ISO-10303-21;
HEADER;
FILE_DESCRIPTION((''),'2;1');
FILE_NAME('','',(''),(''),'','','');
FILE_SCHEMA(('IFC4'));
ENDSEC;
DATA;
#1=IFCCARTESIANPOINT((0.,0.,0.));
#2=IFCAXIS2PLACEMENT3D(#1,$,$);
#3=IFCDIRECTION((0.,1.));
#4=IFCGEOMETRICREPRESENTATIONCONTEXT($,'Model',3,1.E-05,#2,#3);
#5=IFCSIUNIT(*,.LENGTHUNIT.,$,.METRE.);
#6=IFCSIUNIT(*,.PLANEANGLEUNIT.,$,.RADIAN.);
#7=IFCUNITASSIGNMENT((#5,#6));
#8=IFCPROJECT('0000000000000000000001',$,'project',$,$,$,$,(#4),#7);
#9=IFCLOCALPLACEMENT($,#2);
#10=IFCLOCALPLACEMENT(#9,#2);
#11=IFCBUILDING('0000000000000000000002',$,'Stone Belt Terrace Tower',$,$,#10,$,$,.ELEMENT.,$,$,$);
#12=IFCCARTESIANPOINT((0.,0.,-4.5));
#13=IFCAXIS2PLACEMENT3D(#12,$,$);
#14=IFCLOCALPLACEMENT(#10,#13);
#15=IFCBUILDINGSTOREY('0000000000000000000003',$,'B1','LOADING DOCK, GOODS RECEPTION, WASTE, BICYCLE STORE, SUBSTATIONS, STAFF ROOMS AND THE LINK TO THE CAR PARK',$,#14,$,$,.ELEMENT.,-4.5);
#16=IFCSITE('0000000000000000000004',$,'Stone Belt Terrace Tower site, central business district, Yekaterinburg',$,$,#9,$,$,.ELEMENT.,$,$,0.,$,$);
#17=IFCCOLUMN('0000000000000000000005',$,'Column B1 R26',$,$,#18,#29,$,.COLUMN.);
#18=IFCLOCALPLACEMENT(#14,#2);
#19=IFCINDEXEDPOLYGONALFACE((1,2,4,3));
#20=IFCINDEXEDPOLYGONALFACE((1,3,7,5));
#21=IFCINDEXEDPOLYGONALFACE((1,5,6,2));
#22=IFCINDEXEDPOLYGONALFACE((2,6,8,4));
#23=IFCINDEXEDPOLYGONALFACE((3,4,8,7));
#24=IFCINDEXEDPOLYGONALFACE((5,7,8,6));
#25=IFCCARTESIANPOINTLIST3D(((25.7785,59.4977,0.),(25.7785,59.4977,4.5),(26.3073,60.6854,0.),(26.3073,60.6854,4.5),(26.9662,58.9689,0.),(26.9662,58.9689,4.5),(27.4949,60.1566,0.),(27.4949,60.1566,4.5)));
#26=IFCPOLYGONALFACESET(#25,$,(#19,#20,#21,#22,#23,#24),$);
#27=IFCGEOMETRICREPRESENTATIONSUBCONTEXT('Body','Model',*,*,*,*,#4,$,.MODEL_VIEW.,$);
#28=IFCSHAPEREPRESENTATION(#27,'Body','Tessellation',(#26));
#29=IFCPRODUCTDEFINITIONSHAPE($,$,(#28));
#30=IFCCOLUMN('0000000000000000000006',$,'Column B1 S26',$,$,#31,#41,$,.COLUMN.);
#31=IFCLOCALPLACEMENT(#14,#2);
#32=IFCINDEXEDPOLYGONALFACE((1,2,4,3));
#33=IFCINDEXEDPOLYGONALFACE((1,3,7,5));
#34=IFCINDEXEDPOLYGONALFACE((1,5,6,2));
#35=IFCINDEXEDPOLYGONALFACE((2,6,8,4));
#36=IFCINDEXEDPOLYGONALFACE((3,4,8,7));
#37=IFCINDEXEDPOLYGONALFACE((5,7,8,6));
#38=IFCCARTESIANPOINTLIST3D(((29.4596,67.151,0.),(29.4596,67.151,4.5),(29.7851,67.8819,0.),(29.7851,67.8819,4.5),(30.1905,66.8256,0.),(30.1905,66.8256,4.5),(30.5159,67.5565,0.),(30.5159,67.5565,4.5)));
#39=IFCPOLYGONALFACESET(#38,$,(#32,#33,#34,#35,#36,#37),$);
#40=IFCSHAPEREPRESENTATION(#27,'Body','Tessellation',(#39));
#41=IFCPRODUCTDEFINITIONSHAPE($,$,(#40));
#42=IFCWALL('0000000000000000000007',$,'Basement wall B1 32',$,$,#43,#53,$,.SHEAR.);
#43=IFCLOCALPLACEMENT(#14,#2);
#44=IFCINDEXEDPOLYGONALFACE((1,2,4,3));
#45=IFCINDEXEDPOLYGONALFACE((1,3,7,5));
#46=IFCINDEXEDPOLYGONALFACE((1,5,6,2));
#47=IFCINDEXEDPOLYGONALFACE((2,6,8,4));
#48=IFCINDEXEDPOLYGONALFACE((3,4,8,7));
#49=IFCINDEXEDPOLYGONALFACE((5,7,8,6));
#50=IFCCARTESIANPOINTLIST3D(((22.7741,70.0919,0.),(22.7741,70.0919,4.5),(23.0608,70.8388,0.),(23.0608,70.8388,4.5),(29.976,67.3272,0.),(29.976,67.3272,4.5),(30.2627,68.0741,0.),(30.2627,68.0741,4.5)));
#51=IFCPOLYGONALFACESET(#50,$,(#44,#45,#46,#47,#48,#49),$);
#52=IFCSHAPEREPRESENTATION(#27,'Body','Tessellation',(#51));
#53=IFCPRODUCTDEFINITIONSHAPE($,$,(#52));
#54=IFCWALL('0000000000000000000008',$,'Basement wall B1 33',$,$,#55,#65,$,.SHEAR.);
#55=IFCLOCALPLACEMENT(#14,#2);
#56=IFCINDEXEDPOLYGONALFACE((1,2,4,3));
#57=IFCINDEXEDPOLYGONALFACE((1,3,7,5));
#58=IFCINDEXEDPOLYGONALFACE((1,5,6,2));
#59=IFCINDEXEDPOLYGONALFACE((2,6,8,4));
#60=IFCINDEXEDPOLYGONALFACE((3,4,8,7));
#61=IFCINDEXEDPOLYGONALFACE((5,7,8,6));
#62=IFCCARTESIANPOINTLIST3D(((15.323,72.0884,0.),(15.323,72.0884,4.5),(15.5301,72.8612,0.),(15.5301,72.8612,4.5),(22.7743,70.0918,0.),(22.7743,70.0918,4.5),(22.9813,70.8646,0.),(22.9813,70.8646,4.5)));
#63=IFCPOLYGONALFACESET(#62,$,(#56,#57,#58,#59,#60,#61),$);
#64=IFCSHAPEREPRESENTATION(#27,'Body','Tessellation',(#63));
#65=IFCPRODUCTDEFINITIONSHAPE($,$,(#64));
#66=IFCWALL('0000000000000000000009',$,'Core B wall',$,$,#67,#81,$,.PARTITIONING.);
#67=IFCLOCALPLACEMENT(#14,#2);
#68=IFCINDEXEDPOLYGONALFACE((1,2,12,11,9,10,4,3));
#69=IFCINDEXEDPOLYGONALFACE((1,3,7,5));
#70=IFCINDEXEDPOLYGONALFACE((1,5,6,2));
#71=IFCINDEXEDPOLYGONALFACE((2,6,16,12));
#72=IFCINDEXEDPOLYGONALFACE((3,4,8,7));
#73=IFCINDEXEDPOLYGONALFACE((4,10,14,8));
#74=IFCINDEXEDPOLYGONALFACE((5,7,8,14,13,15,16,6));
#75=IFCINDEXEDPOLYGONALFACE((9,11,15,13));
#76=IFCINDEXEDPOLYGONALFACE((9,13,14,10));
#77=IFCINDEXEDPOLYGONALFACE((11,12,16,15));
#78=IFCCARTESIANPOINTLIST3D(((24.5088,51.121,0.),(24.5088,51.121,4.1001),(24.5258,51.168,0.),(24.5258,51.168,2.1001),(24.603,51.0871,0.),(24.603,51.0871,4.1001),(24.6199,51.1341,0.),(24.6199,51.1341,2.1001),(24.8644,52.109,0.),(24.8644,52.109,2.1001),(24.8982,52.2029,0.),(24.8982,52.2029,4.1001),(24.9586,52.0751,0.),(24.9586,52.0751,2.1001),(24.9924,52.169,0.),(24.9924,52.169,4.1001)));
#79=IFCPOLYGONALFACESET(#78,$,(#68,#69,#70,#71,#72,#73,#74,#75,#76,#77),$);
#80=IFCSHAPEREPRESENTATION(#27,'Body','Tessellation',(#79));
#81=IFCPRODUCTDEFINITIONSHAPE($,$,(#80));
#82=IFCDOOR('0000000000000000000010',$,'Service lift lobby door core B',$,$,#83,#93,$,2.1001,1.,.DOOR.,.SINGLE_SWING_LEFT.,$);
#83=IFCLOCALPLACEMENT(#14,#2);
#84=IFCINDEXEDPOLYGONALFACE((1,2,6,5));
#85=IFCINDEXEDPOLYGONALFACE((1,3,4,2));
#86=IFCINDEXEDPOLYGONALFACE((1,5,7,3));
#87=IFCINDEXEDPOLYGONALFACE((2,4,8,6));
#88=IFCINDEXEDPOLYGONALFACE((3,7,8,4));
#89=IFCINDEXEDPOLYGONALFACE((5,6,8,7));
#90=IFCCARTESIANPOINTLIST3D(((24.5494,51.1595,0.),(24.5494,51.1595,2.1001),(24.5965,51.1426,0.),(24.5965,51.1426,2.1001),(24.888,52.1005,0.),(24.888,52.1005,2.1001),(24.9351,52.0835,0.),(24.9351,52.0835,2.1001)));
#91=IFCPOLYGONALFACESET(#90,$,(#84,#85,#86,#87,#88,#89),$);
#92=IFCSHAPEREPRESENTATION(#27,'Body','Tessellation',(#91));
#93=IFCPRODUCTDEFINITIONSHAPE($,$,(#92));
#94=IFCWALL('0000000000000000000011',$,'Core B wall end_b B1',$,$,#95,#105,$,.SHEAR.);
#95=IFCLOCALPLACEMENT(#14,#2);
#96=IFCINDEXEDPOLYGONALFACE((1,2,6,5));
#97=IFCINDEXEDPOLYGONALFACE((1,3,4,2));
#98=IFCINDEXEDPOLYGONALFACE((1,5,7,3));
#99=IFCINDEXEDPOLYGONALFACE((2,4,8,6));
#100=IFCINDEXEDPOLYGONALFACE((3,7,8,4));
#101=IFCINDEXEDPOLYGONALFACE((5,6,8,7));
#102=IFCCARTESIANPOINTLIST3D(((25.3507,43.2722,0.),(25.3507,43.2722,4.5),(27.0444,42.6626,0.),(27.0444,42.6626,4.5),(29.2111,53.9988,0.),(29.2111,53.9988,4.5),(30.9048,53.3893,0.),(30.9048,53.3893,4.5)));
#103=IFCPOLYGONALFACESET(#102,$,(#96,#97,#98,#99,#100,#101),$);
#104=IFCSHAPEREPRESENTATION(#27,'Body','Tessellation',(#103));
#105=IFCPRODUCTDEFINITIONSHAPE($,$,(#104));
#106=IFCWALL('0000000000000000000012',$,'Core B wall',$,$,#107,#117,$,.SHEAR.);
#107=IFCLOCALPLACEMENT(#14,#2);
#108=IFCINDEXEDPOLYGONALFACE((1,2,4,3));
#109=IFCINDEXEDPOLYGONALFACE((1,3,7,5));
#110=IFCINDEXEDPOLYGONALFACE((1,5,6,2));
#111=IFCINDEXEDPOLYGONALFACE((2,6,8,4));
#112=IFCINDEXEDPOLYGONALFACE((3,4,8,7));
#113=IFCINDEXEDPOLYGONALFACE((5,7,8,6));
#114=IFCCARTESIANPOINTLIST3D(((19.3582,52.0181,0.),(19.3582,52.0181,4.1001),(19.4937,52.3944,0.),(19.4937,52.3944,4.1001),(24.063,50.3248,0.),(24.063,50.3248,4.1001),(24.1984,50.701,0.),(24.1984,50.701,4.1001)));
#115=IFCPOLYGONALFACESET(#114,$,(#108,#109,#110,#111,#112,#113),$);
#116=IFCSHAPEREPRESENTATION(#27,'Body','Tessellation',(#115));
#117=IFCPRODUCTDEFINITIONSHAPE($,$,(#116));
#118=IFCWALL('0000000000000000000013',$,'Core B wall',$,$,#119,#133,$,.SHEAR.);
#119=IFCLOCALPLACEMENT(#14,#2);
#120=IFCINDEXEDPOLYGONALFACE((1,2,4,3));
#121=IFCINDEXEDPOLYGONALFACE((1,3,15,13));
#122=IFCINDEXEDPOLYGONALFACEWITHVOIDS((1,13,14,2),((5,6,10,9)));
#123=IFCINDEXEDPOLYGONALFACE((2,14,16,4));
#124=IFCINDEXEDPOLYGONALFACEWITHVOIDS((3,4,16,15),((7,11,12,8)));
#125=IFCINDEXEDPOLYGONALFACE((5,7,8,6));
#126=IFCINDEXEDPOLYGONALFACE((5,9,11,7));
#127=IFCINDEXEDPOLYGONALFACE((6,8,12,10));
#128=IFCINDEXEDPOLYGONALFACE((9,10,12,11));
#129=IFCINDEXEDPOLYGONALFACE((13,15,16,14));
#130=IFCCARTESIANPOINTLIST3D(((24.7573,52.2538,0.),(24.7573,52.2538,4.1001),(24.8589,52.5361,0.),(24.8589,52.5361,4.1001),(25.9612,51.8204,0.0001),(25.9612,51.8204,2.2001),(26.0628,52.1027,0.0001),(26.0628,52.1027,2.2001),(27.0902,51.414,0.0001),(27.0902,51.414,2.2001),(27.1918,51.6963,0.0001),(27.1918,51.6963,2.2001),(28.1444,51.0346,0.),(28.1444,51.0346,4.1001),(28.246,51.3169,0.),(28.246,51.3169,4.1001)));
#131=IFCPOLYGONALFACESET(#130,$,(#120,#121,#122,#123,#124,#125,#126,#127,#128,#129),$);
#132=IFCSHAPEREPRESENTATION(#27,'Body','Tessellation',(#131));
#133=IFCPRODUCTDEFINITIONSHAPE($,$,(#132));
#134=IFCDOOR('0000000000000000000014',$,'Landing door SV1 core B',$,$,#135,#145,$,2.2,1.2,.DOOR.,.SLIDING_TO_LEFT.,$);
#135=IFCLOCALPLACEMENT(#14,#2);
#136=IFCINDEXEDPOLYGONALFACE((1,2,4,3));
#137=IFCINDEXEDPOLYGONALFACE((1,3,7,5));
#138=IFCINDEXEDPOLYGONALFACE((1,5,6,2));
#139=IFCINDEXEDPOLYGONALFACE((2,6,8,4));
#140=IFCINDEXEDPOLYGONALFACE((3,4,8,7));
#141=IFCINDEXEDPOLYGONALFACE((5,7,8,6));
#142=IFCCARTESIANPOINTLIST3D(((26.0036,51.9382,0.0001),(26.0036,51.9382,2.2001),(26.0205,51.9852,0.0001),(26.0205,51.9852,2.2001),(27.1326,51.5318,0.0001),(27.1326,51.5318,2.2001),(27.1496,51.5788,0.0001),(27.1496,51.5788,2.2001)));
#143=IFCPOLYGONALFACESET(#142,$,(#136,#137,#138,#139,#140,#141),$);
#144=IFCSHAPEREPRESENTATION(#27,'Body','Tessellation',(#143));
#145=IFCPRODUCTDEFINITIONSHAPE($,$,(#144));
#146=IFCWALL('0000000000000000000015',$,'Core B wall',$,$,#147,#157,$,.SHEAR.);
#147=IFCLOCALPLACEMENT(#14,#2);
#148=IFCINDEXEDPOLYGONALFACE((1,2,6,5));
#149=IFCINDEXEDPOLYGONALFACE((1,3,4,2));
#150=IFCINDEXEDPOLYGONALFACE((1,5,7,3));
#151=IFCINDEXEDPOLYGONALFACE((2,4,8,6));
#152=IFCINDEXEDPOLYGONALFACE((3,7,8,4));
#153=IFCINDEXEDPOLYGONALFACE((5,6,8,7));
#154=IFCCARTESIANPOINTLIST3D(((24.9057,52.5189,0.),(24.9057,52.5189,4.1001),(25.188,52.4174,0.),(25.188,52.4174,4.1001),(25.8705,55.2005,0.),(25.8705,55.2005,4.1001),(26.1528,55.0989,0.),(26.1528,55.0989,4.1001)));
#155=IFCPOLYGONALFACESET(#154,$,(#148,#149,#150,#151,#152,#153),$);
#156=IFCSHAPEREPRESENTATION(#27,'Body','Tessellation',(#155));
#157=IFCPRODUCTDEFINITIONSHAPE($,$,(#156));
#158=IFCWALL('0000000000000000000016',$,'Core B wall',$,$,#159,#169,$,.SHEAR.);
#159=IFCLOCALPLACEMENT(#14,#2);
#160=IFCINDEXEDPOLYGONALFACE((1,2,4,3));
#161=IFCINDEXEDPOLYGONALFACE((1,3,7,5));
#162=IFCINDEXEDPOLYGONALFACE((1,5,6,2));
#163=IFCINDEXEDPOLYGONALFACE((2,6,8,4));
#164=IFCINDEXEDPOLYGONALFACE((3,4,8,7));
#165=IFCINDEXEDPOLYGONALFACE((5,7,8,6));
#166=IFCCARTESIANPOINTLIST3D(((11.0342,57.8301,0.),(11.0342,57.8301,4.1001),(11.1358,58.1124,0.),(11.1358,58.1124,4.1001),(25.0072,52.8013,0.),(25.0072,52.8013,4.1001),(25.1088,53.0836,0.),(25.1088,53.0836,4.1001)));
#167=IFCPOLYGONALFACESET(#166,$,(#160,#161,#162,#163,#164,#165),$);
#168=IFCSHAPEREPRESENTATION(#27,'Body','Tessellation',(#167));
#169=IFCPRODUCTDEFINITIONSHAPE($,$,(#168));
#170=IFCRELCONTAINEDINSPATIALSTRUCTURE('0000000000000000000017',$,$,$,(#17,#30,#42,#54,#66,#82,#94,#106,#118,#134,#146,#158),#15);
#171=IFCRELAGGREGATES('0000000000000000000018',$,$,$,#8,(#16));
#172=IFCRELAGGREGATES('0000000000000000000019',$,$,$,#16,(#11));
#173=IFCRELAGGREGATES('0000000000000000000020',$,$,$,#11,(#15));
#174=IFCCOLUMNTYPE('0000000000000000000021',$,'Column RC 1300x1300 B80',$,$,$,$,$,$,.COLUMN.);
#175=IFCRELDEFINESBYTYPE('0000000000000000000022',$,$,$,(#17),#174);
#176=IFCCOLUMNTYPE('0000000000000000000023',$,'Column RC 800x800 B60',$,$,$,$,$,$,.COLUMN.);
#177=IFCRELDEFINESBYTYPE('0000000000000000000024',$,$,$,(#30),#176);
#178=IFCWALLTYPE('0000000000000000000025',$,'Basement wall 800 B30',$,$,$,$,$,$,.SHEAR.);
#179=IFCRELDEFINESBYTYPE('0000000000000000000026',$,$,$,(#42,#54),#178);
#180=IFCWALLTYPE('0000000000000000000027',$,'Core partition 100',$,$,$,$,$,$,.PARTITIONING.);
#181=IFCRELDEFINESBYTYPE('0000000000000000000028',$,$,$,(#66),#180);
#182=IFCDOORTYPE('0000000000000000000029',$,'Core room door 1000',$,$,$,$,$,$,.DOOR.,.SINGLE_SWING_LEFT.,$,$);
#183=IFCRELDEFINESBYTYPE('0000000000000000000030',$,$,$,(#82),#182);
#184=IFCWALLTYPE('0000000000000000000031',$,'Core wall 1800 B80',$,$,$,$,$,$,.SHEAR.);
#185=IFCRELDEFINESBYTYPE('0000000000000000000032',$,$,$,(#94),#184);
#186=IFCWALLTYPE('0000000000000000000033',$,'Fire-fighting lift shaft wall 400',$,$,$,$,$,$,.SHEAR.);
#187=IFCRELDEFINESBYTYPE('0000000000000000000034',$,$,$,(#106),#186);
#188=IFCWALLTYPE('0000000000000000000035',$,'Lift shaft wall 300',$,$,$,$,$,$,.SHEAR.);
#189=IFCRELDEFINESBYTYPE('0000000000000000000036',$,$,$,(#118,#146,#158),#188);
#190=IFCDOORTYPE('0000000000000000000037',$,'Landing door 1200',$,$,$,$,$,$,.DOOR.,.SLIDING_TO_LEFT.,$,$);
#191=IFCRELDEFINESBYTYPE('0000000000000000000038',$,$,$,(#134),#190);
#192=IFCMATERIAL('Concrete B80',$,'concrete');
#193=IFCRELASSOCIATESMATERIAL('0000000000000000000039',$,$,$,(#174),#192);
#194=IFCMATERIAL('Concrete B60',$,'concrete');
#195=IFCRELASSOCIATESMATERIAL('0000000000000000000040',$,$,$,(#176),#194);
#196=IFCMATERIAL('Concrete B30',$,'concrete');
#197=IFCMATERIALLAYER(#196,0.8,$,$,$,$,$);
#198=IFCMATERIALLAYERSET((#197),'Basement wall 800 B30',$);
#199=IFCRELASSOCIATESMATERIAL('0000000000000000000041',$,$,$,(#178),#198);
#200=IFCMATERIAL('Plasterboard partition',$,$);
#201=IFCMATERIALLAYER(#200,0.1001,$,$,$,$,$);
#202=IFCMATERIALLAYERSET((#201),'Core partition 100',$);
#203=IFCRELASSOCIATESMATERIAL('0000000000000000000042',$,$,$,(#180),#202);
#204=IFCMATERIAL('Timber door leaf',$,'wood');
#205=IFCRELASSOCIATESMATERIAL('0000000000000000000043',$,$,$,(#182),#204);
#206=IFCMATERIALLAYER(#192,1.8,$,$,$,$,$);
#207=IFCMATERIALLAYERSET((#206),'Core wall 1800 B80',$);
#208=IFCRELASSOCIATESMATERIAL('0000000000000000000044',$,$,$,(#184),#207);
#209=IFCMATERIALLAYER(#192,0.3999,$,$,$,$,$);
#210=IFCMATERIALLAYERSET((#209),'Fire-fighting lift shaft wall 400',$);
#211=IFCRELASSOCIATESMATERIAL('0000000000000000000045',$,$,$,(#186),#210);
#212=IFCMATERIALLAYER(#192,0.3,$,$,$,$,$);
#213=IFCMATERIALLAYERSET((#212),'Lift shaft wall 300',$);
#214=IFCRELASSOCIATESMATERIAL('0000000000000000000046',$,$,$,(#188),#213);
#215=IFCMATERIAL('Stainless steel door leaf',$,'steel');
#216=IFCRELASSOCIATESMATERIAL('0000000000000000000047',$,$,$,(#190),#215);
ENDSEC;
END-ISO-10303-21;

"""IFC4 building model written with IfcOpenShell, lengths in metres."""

from ifc_helpers import new_model, si_unit, direction, frame, frame_2d, origin, origin_2d, place, context, subcontext, project, spatial, rectangle, extrude, material, layer, layer_set, material_profile, profile_set, type_object, element, fill, save


model = new_model("IFC4")

# Units and contexts
model_context = context("Model", 3, precision=1e-05, world=origin(), true_north=direction((0.0, 1.0)))
body_context = subcontext(model_context, "Body", "Model", "MODEL_VIEW")
ifc_project = project(units=[si_unit("LENGTHUNIT", "METRE"), si_unit("PLANEANGLEUNIT", "RADIAN")], contexts=[model_context])

# Site, building, storey
site_placement = place(None, origin())
site = spatial("IfcSite", under=ifc_project, at=site_placement, Name="Stone Belt Terrace Tower site, central business district, Yekaterinburg", CompositionType="ELEMENT", RefElevation=0.0)
building_placement = place(site_placement, origin())
building = spatial("IfcBuilding", under=site, at=building_placement, Name="Stone Belt Terrace Tower", CompositionType="ELEMENT")
storey_placement = place(building_placement, frame((0.0, 0.0, -4.5)))
storey = spatial("IfcBuildingStorey", under=building, at=storey_placement, Name="B1", Description="LOADING DOCK, GOODS RECEPTION, WASTE, BICYCLE STORE, SUBSTATIONS, STAFF ROOMS AND THE LINK TO THE CAR PARK", CompositionType="ELEMENT", Elevation=-4.5)

# Columns
ifc_material_1 = material(Name="Concrete B80", Category="concrete")
ifc_material_profile_1 = material_profile(ifc_material_1, rectangle(XDim=1.3, YDim=1.3, at=origin_2d()), Name="RC 1300x1300")
ifc_profile_set_1 = profile_set([ifc_material_profile_1], Name="Concrete B80")
column_type_1 = type_object("IfcColumnType", Name="Column RC 1300x1300 B80", PredefinedType="COLUMN", material=ifc_profile_set_1)
column_1_placement = place(storey_placement, frame((26.6367, 59.8271, 0.0), z_axis=(0.0, 0.0, 1.0), x_axis=(0.913545, -0.406737, 0.0)))
element("IfcColumn", 1, at=column_1_placement, inside=storey, type_object=column_type_1, Name="Column B1 R26", PredefinedType="COLUMN", context=body_context, shape_type="SweptSolid", body=[
    extrude(rectangle(XDim=1.3, YDim=1.3, at=origin_2d()), origin(), (0.0, 0.0, 1.0), 4.5),
])
ifc_material_2 = material(Name="Concrete B60", Category="concrete")
ifc_material_profile_2 = material_profile(ifc_material_2, rectangle(XDim=0.8, YDim=0.8, at=origin_2d()), Name="RC 800x800")
ifc_profile_set_2 = profile_set([ifc_material_profile_2], Name="Concrete B60")
column_type_2 = type_object("IfcColumnType", Name="Column RC 800x800 B60", PredefinedType="COLUMN", material=ifc_profile_set_2)
column_2_placement = place(storey_placement, frame((29.9878, 67.3538, 0.0), z_axis=(0.0, 0.0, 1.0), x_axis=(0.913545, -0.406737, 0.0)))
element("IfcColumn", 2, at=column_2_placement, inside=storey, type_object=column_type_2, Name="Column B1 S26", PredefinedType="COLUMN", context=body_context, shape_type="SweptSolid", body=[
    extrude(rectangle(XDim=0.8, YDim=0.8, at=origin_2d()), origin(), (0.0, 0.0, 1.0), 4.5),
])

# Walls
ifc_material_3 = material(Name="Concrete B30", Category="concrete")
ifc_layer_1 = layer(ifc_material_3, 0.8)
ifc_layer_set_1 = layer_set([ifc_layer_1], Name="Basement wall 800 B30")
wall_type_1 = type_object("IfcWallType", Name="Basement wall 800 B30", PredefinedType="SHEAR", material=ifc_layer_set_1)
wall_1_placement = place(storey_placement, frame((30.1194, 67.7007, 0.0), z_axis=(0.0, 0.0, 1.0), x_axis=(-0.933576, 0.358379, 0.0)))
element("IfcWall", 3, at=wall_1_placement, inside=storey, type_object=wall_type_1, Name="Basement wall B1 32", PredefinedType="SHEAR", context=body_context, shape_type="SweptSolid", body=[
    extrude(rectangle(XDim=7.7144, YDim=0.8, at=frame_2d((3.8572, 0.0))), origin(), (0.0, 0.0, 1.0), 4.5),
])
wall_2_placement = place(storey_placement, frame((22.8777, 70.4783, 0.0), z_axis=(0.0, 0.0, 1.0), x_axis=(-0.965924, 0.258825, 0.0)))
element("IfcWall", 4, at=wall_2_placement, inside=storey, type_object=wall_type_1, Name="Basement wall B1 33", PredefinedType="SHEAR", context=body_context, shape_type="SweptSolid", body=[
    extrude(rectangle(XDim=7.7141, YDim=0.8, at=frame_2d((3.8569, 0.0))), origin(), (0.0, 0.0, 1.0), 4.5),
])

# Wall, opening, door
ifc_material_4 = material(Name="Plasterboard partition")
ifc_layer_2 = layer(ifc_material_4, 0.1001)
ifc_layer_set_2 = layer_set([ifc_layer_2], Name="Core partition 100")
wall_type_2 = type_object("IfcWallType", Name="Core partition 100", PredefinedType="PARTITIONING", material=ifc_layer_set_2)
wall_3_placement = place(storey_placement, frame((24.5559, 51.104, 0.0), z_axis=(0.0, 0.0, 1.0), x_axis=(0.338622, 0.940923, 0.0)))
wall_3 = element("IfcWall", 5, at=wall_3_placement, inside=storey, type_object=wall_type_2, Name="Core B wall", PredefinedType="PARTITIONING", context=body_context, shape_type="SweptSolid", body=[
    extrude(rectangle(XDim=1.1499, YDim=0.1001, at=frame_2d((0.575, 0.0))), origin(), (0.0, 0.0, 1.0), 4.1001),
])
opening_1_placement = place(wall_3_placement, frame((0.05, 0.0, 0.0)))
opening_1 = element("IfcOpeningElement", 6, at=opening_1_placement, cuts=wall_3, PredefinedType="OPENING", context=body_context, shape_type="SweptSolid", body=[
    extrude(rectangle(XDim=1.0, YDim=2.1001, at=frame_2d((0.5, 1.05))), frame((0.0, 0.0601, 0.0), z_axis=(0.0, -1.0, 0.0), x_axis=(1.0, 0.0, 0.0)), (0.0, 0.0, 1.0), 0.1201),
])
ifc_material_5 = material(Name="Timber door leaf", Category="wood")
door_type_1 = type_object("IfcDoorType", Name="Core room door 1000", OperationType="SINGLE_SWING_LEFT", PredefinedType="DOOR", material=ifc_material_5)
door_1_placement = place(opening_1_placement, origin())
door_1 = element("IfcDoor", 7, at=door_1_placement, inside=storey, type_object=door_type_1, Name="Service lift lobby door core B", OperationType="SINGLE_SWING_LEFT", OverallHeight=2.1001, OverallWidth=1.0, PredefinedType="DOOR", context=body_context, shape_type="SweptSolid", body=[
    extrude(rectangle(XDim=1.0, YDim=2.1001, at=frame_2d((0.5, 1.05))), frame((0.0, 0.0249, 0.0), z_axis=(0.0, -1.0, 0.0), x_axis=(1.0, 0.0, 0.0)), (0.0, 0.0, 1.0), 0.05),
])
fill(opening_1, door_1)

# Walls
ifc_layer_3 = layer(ifc_material_1, 1.8)
ifc_layer_set_3 = layer_set([ifc_layer_3], Name="Core wall 1800 B80")
wall_type_3 = type_object("IfcWallType", Name="Core wall 1800 B80", PredefinedType="SHEAR", material=ifc_layer_set_3)
wall_4_placement = place(storey_placement, frame((26.1975, 42.9673, 0.0), z_axis=(0.0, 0.0, 1.0), x_axis=(0.338625, 0.940921, 0.0)))
element("IfcWall", 8, at=wall_4_placement, inside=storey, type_object=wall_type_3, Name="Core B wall end_b B1", PredefinedType="SHEAR", context=body_context, shape_type="SweptSolid", body=[
    extrude(rectangle(XDim=11.4001, YDim=1.8, at=frame_2d((5.7002, 0.0))), origin(), (0.0, 0.0, 1.0), 4.5),
])
ifc_layer_4 = layer(ifc_material_1, 0.3999)
ifc_layer_set_4 = layer_set([ifc_layer_4], Name="Fire-fighting lift shaft wall 400")
wall_type_4 = type_object("IfcWallType", Name="Fire-fighting lift shaft wall 400", PredefinedType="SHEAR", material=ifc_layer_set_4)
wall_5_placement = place(storey_placement, frame((24.1306, 50.5129, 0.0), z_axis=(0.0, 0.0, 1.0), x_axis=(-0.940912, 0.338652, 0.0)))
element("IfcWall", 9, at=wall_5_placement, inside=storey, type_object=wall_type_4, Name="Core B wall", PredefinedType="SHEAR", context=body_context, shape_type="SweptSolid", body=[
    extrude(rectangle(XDim=5.0002, YDim=0.3999, at=frame_2d((2.5, 0.0))), origin(), (0.0, 0.0, 1.0), 4.1001),
])

# Wall, opening, door
ifc_layer_5 = layer(ifc_material_1, 0.3)
ifc_layer_set_5 = layer_set([ifc_layer_5], Name="Lift shaft wall 300")
wall_type_5 = type_object("IfcWallType", Name="Lift shaft wall 300", PredefinedType="SHEAR", material=ifc_layer_set_5)
wall_6_placement = place(storey_placement, frame((28.1951, 51.1758, 0.0), z_axis=(0.0, 0.0, 1.0), x_axis=(-0.940901, 0.338681, 0.0)))
wall_6 = element("IfcWall", 10, at=wall_6_placement, inside=storey, type_object=wall_type_5, Name="Core B wall", PredefinedType="SHEAR", context=body_context, shape_type="SweptSolid", body=[
    extrude(rectangle(XDim=3.5999, YDim=0.3, at=frame_2d((1.7998, 0.0))), origin(), (0.0, 0.0, 1.0), 4.1001),
])
opening_2_placement = place(wall_6_placement, frame((1.1201, 0.0, 0.0)))
opening_2 = element("IfcOpeningElement", 11, at=opening_2_placement, cuts=wall_6, PredefinedType="OPENING", context=body_context, shape_type="SweptSolid", body=[
    extrude(rectangle(XDim=1.2, YDim=2.2, at=frame_2d((0.6001, 1.1001))), frame((0.0, 0.1599, 0.0), z_axis=(0.0, -1.0, 0.0), x_axis=(1.0, 0.0, 0.0)), (0.0, 0.0, 1.0), 0.3201),
])
ifc_material_6 = material(Name="Stainless steel door leaf", Category="steel")
door_type_2 = type_object("IfcDoorType", Name="Landing door 1200", OperationType="SLIDING_TO_LEFT", PredefinedType="DOOR", material=ifc_material_6)
door_2_placement = place(opening_2_placement, origin())
door_2 = element("IfcDoor", 12, at=door_2_placement, inside=storey, type_object=door_type_2, Name="Landing door SV1 core B", OperationType="SLIDING_TO_LEFT", OverallHeight=2.2, OverallWidth=1.2, PredefinedType="DOOR", context=body_context, shape_type="SweptSolid", body=[
    extrude(rectangle(XDim=1.2, YDim=2.2, at=frame_2d((0.6001, 1.1001))), frame((0.0, 0.0249, 0.0), z_axis=(0.0, -1.0, 0.0), x_axis=(1.0, 0.0, 0.0)), (0.0, 0.0, 1.0), 0.05),
])
fill(opening_2, door_2)

# Walls
wall_7_placement = place(storey_placement, frame((25.0469, 52.4683, 0.0), z_axis=(0.0, 0.0, 1.0), x_axis=(0.33855, 0.940949, 0.0)))
element("IfcWall", 13, at=wall_7_placement, inside=storey, type_object=wall_type_5, Name="Core B wall", PredefinedType="SHEAR", context=body_context, shape_type="SweptSolid", body=[
    extrude(rectangle(XDim=2.8499, YDim=0.3, at=frame_2d((1.4248, 0.0))), origin(), (0.0, 0.0, 1.0), 4.1001),
])
wall_8_placement = place(storey_placement, frame((25.0581, 52.9424, 0.0), z_axis=(0.0, 0.0, 1.0), x_axis=(-0.940918, 0.338634, 0.0)))
element("IfcWall", 14, at=wall_8_placement, inside=storey, type_object=wall_type_5, Name="Core B wall", PredefinedType="SHEAR", context=body_context, shape_type="SweptSolid", body=[
    extrude(rectangle(XDim=14.8503, YDim=0.3, at=frame_2d((7.4253, 0.0))), origin(), (0.0, 0.0, 1.0), 4.1001),
])

save(model, "model.ifc")
